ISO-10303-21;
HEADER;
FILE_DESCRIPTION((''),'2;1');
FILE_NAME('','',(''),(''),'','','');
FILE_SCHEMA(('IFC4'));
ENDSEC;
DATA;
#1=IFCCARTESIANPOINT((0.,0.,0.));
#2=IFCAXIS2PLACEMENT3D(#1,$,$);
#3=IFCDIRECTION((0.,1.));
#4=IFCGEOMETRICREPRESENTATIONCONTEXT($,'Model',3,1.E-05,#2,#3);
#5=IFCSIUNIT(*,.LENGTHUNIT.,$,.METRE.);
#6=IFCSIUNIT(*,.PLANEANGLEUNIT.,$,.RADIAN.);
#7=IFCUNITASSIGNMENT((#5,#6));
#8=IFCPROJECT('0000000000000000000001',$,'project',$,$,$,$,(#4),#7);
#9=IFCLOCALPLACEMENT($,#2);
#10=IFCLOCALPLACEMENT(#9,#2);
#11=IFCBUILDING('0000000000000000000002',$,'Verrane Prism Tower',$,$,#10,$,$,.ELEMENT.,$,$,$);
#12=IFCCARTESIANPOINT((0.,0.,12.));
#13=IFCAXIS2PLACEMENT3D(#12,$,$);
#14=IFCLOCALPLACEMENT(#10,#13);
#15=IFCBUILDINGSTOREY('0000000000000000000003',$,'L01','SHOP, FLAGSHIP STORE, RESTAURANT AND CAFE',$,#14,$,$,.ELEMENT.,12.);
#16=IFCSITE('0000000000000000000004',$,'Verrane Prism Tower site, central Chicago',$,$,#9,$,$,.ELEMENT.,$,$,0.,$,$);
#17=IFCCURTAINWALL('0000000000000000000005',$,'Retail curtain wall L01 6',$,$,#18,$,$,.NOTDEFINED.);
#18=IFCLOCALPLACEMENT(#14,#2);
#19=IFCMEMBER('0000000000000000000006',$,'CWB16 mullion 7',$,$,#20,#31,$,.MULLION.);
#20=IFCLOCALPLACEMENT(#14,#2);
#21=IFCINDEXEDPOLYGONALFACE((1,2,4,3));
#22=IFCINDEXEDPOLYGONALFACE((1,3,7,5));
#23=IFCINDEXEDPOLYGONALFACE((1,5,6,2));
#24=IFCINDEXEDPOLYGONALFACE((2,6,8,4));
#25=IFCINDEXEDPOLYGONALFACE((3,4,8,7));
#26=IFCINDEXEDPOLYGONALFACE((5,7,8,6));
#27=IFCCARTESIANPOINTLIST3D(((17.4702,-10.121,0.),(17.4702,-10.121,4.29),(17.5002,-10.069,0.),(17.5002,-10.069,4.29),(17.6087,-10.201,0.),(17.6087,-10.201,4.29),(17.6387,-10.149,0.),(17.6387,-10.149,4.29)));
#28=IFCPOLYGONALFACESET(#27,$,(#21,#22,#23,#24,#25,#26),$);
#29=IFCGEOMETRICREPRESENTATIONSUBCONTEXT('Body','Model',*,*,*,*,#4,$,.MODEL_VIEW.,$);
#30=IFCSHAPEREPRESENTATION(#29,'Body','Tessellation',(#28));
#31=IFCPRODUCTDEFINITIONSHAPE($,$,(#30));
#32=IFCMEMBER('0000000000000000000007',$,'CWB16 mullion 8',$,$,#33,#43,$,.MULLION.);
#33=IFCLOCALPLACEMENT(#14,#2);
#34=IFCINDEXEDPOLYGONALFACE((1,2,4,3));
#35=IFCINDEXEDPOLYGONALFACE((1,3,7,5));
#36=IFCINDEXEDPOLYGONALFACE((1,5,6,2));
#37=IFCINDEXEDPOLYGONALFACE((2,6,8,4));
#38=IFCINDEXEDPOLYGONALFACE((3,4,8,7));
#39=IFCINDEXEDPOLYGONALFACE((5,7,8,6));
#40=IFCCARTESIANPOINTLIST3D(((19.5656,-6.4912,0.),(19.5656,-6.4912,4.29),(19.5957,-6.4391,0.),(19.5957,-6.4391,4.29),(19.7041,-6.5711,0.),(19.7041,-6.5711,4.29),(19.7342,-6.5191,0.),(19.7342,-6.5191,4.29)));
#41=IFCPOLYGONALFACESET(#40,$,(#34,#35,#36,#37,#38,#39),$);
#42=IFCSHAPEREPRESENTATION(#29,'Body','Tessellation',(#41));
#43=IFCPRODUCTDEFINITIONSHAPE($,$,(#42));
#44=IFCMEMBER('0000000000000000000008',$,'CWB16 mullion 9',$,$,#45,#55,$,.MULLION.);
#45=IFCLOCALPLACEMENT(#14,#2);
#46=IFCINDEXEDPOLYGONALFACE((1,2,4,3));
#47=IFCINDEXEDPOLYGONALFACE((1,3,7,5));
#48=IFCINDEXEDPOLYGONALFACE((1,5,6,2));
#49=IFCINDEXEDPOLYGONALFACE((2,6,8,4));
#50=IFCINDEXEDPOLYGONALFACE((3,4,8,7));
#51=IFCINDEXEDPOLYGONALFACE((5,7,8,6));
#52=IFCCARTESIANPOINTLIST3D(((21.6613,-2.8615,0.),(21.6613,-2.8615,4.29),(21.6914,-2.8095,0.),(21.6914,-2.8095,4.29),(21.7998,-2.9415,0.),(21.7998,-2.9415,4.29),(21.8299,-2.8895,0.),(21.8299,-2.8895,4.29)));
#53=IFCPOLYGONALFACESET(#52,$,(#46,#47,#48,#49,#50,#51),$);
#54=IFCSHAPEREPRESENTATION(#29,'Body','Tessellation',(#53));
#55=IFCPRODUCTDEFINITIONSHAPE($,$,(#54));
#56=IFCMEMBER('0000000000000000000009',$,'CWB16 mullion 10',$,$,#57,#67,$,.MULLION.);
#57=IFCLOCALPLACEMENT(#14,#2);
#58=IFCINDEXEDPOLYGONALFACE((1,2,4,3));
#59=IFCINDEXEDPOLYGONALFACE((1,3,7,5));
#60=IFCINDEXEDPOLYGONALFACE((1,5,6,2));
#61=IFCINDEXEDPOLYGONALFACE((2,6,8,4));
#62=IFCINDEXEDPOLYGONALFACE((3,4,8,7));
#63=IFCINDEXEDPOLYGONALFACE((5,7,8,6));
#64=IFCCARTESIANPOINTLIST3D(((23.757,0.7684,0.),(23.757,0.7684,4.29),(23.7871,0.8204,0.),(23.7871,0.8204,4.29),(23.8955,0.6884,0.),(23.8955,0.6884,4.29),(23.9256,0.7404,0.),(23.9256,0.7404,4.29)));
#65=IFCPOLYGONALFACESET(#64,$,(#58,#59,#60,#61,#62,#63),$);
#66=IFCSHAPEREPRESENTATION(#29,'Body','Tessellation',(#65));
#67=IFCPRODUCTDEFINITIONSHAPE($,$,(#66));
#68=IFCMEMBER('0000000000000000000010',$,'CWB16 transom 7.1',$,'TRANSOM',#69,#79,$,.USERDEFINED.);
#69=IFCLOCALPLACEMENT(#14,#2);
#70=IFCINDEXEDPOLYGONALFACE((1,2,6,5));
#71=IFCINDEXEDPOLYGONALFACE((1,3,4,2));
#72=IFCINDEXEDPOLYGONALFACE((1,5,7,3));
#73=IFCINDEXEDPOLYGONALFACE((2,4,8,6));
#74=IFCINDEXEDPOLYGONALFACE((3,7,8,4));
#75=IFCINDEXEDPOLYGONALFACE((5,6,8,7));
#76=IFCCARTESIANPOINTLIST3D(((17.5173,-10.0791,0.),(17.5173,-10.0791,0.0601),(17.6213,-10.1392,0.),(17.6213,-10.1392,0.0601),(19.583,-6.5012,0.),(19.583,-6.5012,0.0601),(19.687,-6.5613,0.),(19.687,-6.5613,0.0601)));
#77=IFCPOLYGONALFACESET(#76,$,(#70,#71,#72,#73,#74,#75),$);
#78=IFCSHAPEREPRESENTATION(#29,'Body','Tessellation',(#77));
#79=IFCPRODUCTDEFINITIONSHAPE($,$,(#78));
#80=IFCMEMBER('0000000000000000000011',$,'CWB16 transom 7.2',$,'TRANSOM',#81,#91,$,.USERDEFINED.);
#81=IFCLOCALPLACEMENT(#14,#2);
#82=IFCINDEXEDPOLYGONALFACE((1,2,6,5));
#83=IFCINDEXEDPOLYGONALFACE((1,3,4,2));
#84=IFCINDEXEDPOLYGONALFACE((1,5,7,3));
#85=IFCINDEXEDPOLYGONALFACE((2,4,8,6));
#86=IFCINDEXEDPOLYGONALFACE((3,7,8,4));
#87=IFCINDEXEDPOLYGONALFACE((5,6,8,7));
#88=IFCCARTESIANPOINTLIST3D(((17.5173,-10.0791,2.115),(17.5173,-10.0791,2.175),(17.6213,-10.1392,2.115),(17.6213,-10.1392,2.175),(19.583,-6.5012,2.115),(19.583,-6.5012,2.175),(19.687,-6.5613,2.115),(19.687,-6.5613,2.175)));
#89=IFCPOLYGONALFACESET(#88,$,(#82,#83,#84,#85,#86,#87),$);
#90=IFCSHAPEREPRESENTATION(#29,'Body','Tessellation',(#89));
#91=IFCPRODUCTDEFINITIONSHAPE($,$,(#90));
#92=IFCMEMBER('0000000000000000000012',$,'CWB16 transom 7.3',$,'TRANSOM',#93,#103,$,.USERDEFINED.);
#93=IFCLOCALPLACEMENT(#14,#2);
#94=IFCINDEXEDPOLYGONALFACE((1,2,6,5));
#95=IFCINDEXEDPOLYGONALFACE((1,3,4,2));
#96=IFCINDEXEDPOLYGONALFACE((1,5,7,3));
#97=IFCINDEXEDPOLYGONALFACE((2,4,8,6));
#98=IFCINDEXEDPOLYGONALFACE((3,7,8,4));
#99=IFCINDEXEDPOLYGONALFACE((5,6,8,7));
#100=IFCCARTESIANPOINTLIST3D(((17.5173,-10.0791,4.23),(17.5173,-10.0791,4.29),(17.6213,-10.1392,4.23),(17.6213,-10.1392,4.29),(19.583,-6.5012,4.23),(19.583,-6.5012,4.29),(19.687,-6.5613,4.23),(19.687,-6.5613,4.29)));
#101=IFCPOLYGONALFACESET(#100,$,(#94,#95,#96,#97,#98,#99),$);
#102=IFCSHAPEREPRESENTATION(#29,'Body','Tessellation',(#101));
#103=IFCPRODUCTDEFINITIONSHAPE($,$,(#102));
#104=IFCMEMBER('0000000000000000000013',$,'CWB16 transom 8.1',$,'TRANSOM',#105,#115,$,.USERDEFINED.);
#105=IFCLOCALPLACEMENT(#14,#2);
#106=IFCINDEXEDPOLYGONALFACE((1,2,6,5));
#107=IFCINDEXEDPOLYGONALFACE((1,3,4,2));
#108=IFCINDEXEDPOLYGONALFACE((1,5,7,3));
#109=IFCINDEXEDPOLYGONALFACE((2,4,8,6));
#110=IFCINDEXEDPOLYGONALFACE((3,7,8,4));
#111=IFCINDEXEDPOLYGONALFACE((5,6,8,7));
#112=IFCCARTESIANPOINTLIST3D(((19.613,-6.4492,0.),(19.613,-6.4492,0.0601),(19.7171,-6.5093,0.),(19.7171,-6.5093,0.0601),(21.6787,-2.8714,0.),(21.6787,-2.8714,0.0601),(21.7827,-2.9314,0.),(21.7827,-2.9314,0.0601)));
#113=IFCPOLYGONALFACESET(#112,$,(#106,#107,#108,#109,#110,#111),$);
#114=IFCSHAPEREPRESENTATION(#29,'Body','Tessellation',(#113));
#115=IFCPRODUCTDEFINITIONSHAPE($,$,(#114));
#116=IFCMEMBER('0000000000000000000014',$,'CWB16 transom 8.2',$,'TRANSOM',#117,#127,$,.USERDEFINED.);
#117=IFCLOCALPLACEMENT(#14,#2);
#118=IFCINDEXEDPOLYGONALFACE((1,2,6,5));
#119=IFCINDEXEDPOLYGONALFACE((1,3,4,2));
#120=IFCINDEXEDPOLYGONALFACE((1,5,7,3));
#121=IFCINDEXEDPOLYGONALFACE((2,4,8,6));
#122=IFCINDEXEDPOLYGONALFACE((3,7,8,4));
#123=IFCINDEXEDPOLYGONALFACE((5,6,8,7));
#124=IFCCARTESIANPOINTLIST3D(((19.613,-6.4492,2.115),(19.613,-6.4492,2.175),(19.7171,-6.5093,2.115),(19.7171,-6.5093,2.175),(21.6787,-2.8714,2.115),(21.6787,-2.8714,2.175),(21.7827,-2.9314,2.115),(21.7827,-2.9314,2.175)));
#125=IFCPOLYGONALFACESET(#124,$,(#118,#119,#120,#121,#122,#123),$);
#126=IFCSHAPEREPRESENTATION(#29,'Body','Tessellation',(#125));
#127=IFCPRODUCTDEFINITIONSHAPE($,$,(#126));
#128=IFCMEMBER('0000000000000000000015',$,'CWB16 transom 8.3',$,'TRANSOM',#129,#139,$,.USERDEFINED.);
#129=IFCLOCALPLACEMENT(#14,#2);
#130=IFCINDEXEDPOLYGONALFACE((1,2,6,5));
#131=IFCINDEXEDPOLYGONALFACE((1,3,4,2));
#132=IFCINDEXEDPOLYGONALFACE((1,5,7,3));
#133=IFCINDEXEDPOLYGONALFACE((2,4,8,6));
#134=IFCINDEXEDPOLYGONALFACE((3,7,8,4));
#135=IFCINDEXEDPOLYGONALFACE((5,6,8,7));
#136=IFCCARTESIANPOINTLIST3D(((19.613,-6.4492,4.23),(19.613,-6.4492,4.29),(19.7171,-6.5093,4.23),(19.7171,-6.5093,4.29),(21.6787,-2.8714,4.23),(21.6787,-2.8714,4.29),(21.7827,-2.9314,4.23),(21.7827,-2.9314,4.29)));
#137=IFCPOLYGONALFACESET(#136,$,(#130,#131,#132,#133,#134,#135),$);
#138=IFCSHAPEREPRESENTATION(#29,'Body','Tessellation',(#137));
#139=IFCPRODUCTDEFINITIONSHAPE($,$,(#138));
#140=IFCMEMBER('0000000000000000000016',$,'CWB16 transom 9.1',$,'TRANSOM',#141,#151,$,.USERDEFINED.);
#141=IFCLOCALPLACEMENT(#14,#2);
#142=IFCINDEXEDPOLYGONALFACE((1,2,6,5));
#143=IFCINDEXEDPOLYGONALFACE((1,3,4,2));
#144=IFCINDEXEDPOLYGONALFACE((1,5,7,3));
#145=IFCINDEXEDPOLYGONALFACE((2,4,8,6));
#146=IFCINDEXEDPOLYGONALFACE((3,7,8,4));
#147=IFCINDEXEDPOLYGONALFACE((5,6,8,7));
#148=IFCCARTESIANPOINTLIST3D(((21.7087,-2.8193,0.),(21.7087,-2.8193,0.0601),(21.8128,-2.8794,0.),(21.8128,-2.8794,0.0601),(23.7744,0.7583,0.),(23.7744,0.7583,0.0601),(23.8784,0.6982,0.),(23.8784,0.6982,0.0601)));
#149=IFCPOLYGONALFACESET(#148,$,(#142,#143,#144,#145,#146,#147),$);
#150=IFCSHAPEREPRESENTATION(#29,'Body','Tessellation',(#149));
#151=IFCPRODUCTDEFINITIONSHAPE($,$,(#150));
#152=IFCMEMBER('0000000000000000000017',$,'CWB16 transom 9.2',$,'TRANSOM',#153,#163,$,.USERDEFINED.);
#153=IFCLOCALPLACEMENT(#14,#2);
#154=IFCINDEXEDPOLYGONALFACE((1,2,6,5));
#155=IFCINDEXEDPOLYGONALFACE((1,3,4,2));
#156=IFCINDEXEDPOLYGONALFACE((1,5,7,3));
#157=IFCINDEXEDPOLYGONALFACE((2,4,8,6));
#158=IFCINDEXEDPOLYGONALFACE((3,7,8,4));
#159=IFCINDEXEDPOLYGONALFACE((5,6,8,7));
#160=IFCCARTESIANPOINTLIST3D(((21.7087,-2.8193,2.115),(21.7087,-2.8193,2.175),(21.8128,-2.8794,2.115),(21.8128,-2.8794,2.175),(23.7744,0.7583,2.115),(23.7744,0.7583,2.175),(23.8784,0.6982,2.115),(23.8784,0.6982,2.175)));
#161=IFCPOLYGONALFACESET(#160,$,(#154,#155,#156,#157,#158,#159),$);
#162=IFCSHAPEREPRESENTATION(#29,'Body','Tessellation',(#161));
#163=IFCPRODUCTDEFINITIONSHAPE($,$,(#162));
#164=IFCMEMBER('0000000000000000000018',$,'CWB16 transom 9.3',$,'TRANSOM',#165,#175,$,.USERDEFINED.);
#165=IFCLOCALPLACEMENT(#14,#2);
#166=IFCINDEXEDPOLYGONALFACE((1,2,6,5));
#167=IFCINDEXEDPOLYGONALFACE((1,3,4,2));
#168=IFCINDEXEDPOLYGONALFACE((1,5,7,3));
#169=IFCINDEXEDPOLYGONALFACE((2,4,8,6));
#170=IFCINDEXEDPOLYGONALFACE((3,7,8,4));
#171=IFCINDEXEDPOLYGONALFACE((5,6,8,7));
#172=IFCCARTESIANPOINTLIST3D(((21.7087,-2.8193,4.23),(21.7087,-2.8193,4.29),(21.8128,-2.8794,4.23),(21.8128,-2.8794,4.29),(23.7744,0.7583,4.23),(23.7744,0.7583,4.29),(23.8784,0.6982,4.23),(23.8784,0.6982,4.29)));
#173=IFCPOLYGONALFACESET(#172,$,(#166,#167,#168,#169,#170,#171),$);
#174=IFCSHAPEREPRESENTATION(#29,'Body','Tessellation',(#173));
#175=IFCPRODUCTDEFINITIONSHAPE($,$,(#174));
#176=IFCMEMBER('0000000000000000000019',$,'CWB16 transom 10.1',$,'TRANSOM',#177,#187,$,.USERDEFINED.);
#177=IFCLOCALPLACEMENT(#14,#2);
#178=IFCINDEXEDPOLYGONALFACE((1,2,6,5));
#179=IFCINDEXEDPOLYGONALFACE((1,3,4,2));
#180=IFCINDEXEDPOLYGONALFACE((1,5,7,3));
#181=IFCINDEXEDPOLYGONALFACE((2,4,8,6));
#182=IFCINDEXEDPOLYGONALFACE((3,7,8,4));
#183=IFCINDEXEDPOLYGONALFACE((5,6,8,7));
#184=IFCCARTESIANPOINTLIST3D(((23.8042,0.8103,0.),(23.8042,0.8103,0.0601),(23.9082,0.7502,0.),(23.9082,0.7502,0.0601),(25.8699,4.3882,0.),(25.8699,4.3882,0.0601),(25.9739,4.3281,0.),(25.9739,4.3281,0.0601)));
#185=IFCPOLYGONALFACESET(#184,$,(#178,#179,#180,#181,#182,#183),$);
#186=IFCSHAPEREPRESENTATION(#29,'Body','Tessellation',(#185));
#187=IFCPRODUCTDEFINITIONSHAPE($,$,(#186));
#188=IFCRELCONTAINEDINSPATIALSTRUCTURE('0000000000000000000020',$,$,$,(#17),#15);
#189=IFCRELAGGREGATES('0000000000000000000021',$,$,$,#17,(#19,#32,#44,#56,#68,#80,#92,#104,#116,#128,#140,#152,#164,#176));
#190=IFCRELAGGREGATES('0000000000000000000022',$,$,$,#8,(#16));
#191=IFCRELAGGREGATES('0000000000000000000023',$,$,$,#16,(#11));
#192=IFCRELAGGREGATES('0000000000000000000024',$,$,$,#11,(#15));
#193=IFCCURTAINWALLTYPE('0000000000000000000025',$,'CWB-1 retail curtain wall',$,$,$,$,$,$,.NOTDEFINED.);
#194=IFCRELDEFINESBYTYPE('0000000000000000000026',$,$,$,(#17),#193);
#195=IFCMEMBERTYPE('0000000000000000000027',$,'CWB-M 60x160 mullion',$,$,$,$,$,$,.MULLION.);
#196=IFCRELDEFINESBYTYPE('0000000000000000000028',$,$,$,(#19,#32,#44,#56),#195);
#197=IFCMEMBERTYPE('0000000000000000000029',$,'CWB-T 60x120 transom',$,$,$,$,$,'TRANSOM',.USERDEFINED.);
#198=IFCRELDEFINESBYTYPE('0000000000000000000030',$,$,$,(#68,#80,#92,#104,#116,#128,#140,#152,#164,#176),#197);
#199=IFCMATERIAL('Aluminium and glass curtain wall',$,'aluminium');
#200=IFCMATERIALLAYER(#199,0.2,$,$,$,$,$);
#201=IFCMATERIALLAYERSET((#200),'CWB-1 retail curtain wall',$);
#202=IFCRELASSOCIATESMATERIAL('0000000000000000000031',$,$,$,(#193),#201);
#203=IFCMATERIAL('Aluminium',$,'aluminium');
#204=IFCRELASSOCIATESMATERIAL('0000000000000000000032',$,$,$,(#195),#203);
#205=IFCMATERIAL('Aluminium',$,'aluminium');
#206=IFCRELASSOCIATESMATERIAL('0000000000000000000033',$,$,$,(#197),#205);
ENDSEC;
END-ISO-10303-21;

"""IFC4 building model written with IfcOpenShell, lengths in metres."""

from ifc_helpers import new_model, si_unit, direction, frame, origin, origin_2d, place, context, subcontext, project, spatial, rectangle, extrude, material, layer, layer_set, material_profile, profile_set, type_object, element, aggregate, save


model = new_model("IFC4")

# Units and contexts
model_context = context("Model", 3, precision=1e-05, world=origin(), true_north=direction((0.0, 1.0)))
body_context = subcontext(model_context, "Body", "Model", "MODEL_VIEW")
ifc_project = project(units=[si_unit("LENGTHUNIT", "METRE"), si_unit("PLANEANGLEUNIT", "RADIAN")], contexts=[model_context])

# Site, building, storey
site_placement = place(None, origin())
site = spatial("IfcSite", under=ifc_project, at=site_placement, Name="Verrane Prism Tower site, central Chicago", CompositionType="ELEMENT", RefElevation=0.0)
building_placement = place(site_placement, origin())
building = spatial("IfcBuilding", under=site, at=building_placement, Name="Verrane Prism Tower", CompositionType="ELEMENT")
storey_placement = place(building_placement, frame((0.0, 0.0, 12.0)))
storey = spatial("IfcBuildingStorey", under=building, at=storey_placement, Name="L01", Description="SHOP, FLAGSHIP STORE, RESTAURANT AND CAFE", CompositionType="ELEMENT", Elevation=12.0)

# Curtain wall, members
ifc_material_1 = material(Name="Aluminium and glass curtain wall", Category="aluminium")
ifc_layer_1 = layer(ifc_material_1, 0.2)
ifc_layer_set_1 = layer_set([ifc_layer_1], Name="CWB-1 retail curtain wall")
curtain_wall_type = type_object("IfcCurtainWallType", Name="CWB-1 retail curtain wall", PredefinedType="NOTDEFINED", material=ifc_layer_set_1)
curtain_wall_placement = place(storey_placement, origin())
curtain_wall = element("IfcCurtainWall", 1, at=curtain_wall_placement, inside=storey, type_object=curtain_wall_type, Name="Retail curtain wall L01 6", PredefinedType="NOTDEFINED")
ifc_material_2 = material(Name="Aluminium", Category="aluminium")
ifc_material_profile_1 = material_profile(ifc_material_2, rectangle(XDim=0.1599, YDim=0.0601, at=origin_2d()), Name="CWB-M 60x160 mullion")
ifc_profile_set_1 = profile_set([ifc_material_profile_1], Name="Aluminium")
member_type_1 = type_object("IfcMemberType", Name="CWB-M 60x160 mullion", PredefinedType="MULLION", material=ifc_profile_set_1)
member_1_placement = place(storey_placement, frame((17.5544, -10.135, 0.0), z_axis=(0.0, 0.0, 1.0), x_axis=(-0.866025, 0.5, 0.0)))
member_1 = element("IfcMember", 2, at=member_1_placement, type_object=member_type_1, Name="CWB16 mullion 7", PredefinedType="MULLION", context=body_context, shape_type="SweptSolid", body=[
    extrude(rectangle(XDim=0.1599, YDim=0.0601, at=origin_2d()), origin(), (0.0, 0.0, 1.0), 4.29),
])
member_2_placement = place(storey_placement, frame((19.6499, -6.5051, 0.0), z_axis=(0.0, 0.0, 1.0), x_axis=(-0.866025, 0.5, 0.0)))
member_2 = element("IfcMember", 3, at=member_2_placement, type_object=member_type_1, Name="CWB16 mullion 8", PredefinedType="MULLION", context=body_context, shape_type="SweptSolid", body=[
    extrude(rectangle(XDim=0.1599, YDim=0.0601, at=origin_2d()), origin(), (0.0, 0.0, 1.0), 4.29),
])
member_3_placement = place(storey_placement, frame((21.7456, -2.8755, 0.0), z_axis=(0.0, 0.0, 1.0), x_axis=(-0.866025, 0.5, 0.0)))
member_3 = element("IfcMember", 4, at=member_3_placement, type_object=member_type_1, Name="CWB16 mullion 9", PredefinedType="MULLION", context=body_context, shape_type="SweptSolid", body=[
    extrude(rectangle(XDim=0.1599, YDim=0.0601, at=origin_2d()), origin(), (0.0, 0.0, 1.0), 4.29),
])
member_4_placement = place(storey_placement, frame((23.8413, 0.7544, 0.0), z_axis=(0.0, 0.0, 1.0), x_axis=(-0.866025, 0.5, 0.0)))
member_4 = element("IfcMember", 5, at=member_4_placement, type_object=member_type_1, Name="CWB16 mullion 10", PredefinedType="MULLION", context=body_context, shape_type="SweptSolid", body=[
    extrude(rectangle(XDim=0.1599, YDim=0.0601, at=origin_2d()), origin(), (0.0, 0.0, 1.0), 4.29),
])
ifc_material_3 = material(Name="Aluminium", Category="aluminium")
ifc_material_profile_2 = material_profile(ifc_material_3, rectangle(XDim=0.1201, YDim=0.0601, at=origin_2d()), Name="CWB-T 60x120 transom")
ifc_profile_set_2 = profile_set([ifc_material_profile_2], Name="Aluminium")
member_type_2 = type_object("IfcMemberType", Name="CWB-T 60x120 transom", ElementType="TRANSOM", PredefinedType="USERDEFINED", material=ifc_profile_set_2)
member_5_placement = place(storey_placement, frame((17.5693, -10.1091, 0.03), z_axis=(0.499997, 0.866027, 0.0), x_axis=(-0.866027, 0.499997, 0.0)))
member_5 = element("IfcMember", 6, at=member_5_placement, type_object=member_type_2, Name="CWB16 transom 7.1", ObjectType="TRANSOM", PredefinedType="USERDEFINED", context=body_context, shape_type="SweptSolid", body=[
    extrude(rectangle(XDim=0.1201, YDim=0.0601, at=origin_2d()), origin(), (0.0, 0.0, 1.0), 4.1313),
])
member_6_placement = place(storey_placement, frame((17.5693, -10.1091, 2.145), z_axis=(0.499997, 0.866027, 0.0), x_axis=(-0.866027, 0.499997, 0.0)))
member_6 = element("IfcMember", 7, at=member_6_placement, type_object=member_type_2, Name="CWB16 transom 7.2", ObjectType="TRANSOM", PredefinedType="USERDEFINED", context=body_context, shape_type="SweptSolid", body=[
    extrude(rectangle(XDim=0.1201, YDim=0.0601, at=origin_2d()), origin(), (0.0, 0.0, 1.0), 4.1313),
])
member_7_placement = place(storey_placement, frame((17.5693, -10.1091, 4.26), z_axis=(0.499997, 0.866027, 0.0), x_axis=(-0.866027, 0.499997, 0.0)))
member_7 = element("IfcMember", 8, at=member_7_placement, type_object=member_type_2, Name="CWB16 transom 7.3", ObjectType="TRANSOM", PredefinedType="USERDEFINED", context=body_context, shape_type="SweptSolid", body=[
    extrude(rectangle(XDim=0.1201, YDim=0.0601, at=origin_2d()), origin(), (0.0, 0.0, 1.0), 4.1313),
])
member_8_placement = place(storey_placement, frame((19.665, -6.4792, 0.03), z_axis=(0.499997, 0.866027, 0.0), x_axis=(-0.866027, 0.499997, 0.0)))
member_8 = element("IfcMember", 9, at=member_8_placement, type_object=member_type_2, Name="CWB16 transom 8.1", ObjectType="TRANSOM", PredefinedType="USERDEFINED", context=body_context, shape_type="SweptSolid", body=[
    extrude(rectangle(XDim=0.1201, YDim=0.0601, at=origin_2d()), origin(), (0.0, 0.0, 1.0), 4.1313),
])
member_9_placement = place(storey_placement, frame((19.665, -6.4792, 2.145), z_axis=(0.499997, 0.866027, 0.0), x_axis=(-0.866027, 0.499997, 0.0)))
member_9 = element("IfcMember", 10, at=member_9_placement, type_object=member_type_2, Name="CWB16 transom 8.2", ObjectType="TRANSOM", PredefinedType="USERDEFINED", context=body_context, shape_type="SweptSolid", body=[
    extrude(rectangle(XDim=0.1201, YDim=0.0601, at=origin_2d()), origin(), (0.0, 0.0, 1.0), 4.1313),
])
member_10_placement = place(storey_placement, frame((19.665, -6.4792, 4.26), z_axis=(0.499997, 0.866027, 0.0), x_axis=(-0.866027, 0.499997, 0.0)))
member_10 = element("IfcMember", 11, at=member_10_placement, type_object=member_type_2, Name="CWB16 transom 8.3", ObjectType="TRANSOM", PredefinedType="USERDEFINED", context=body_context, shape_type="SweptSolid", body=[
    extrude(rectangle(XDim=0.1201, YDim=0.0601, at=origin_2d()), origin(), (0.0, 0.0, 1.0), 4.1313),
])
member_11_placement = place(storey_placement, frame((21.7607, -2.8494, 0.03), z_axis=(0.500023, 0.866012, 0.0), x_axis=(-0.866012, 0.500023, 0.0)))
member_11 = element("IfcMember", 12, at=member_11_placement, type_object=member_type_2, Name="CWB16 transom 9.1", ObjectType="TRANSOM", PredefinedType="USERDEFINED", context=body_context, shape_type="SweptSolid", body=[
    extrude(rectangle(XDim=0.1201, YDim=0.0601, at=origin_2d()), origin(), (0.0, 0.0, 1.0), 4.1311),
])
member_12_placement = place(storey_placement, frame((21.7607, -2.8494, 2.145), z_axis=(0.500023, 0.866012, 0.0), x_axis=(-0.866012, 0.500023, 0.0)))
member_12 = element("IfcMember", 13, at=member_12_placement, type_object=member_type_2, Name="CWB16 transom 9.2", ObjectType="TRANSOM", PredefinedType="USERDEFINED", context=body_context, shape_type="SweptSolid", body=[
    extrude(rectangle(XDim=0.1201, YDim=0.0601, at=origin_2d()), origin(), (0.0, 0.0, 1.0), 4.1311),
])
member_13_placement = place(storey_placement, frame((21.7607, -2.8494, 4.26), z_axis=(0.500023, 0.866012, 0.0), x_axis=(-0.866012, 0.500023, 0.0)))
member_13 = element("IfcMember", 14, at=member_13_placement, type_object=member_type_2, Name="CWB16 transom 9.3", ObjectType="TRANSOM", PredefinedType="USERDEFINED", context=body_context, shape_type="SweptSolid", body=[
    extrude(rectangle(XDim=0.1201, YDim=0.0601, at=origin_2d()), origin(), (0.0, 0.0, 1.0), 4.1311),
])
member_14_placement = place(storey_placement, frame((23.8562, 0.7803, 0.03), z_axis=(0.499997, 0.866027, 0.0), x_axis=(-0.866027, 0.499997, 0.0)))
member_14 = element("IfcMember", 15, at=member_14_placement, type_object=member_type_2, Name="CWB16 transom 10.1", ObjectType="TRANSOM", PredefinedType="USERDEFINED", context=body_context, shape_type="SweptSolid", body=[
    extrude(rectangle(XDim=0.1201, YDim=0.0601, at=origin_2d()), origin(), (0.0, 0.0, 1.0), 4.1313),
])

aggregate(curtain_wall, [member_1, member_2, member_3, member_4, member_5, member_6, member_7, member_8, member_9, member_10, member_11, member_12, member_13, member_14])

save(model, "model.ifc")
